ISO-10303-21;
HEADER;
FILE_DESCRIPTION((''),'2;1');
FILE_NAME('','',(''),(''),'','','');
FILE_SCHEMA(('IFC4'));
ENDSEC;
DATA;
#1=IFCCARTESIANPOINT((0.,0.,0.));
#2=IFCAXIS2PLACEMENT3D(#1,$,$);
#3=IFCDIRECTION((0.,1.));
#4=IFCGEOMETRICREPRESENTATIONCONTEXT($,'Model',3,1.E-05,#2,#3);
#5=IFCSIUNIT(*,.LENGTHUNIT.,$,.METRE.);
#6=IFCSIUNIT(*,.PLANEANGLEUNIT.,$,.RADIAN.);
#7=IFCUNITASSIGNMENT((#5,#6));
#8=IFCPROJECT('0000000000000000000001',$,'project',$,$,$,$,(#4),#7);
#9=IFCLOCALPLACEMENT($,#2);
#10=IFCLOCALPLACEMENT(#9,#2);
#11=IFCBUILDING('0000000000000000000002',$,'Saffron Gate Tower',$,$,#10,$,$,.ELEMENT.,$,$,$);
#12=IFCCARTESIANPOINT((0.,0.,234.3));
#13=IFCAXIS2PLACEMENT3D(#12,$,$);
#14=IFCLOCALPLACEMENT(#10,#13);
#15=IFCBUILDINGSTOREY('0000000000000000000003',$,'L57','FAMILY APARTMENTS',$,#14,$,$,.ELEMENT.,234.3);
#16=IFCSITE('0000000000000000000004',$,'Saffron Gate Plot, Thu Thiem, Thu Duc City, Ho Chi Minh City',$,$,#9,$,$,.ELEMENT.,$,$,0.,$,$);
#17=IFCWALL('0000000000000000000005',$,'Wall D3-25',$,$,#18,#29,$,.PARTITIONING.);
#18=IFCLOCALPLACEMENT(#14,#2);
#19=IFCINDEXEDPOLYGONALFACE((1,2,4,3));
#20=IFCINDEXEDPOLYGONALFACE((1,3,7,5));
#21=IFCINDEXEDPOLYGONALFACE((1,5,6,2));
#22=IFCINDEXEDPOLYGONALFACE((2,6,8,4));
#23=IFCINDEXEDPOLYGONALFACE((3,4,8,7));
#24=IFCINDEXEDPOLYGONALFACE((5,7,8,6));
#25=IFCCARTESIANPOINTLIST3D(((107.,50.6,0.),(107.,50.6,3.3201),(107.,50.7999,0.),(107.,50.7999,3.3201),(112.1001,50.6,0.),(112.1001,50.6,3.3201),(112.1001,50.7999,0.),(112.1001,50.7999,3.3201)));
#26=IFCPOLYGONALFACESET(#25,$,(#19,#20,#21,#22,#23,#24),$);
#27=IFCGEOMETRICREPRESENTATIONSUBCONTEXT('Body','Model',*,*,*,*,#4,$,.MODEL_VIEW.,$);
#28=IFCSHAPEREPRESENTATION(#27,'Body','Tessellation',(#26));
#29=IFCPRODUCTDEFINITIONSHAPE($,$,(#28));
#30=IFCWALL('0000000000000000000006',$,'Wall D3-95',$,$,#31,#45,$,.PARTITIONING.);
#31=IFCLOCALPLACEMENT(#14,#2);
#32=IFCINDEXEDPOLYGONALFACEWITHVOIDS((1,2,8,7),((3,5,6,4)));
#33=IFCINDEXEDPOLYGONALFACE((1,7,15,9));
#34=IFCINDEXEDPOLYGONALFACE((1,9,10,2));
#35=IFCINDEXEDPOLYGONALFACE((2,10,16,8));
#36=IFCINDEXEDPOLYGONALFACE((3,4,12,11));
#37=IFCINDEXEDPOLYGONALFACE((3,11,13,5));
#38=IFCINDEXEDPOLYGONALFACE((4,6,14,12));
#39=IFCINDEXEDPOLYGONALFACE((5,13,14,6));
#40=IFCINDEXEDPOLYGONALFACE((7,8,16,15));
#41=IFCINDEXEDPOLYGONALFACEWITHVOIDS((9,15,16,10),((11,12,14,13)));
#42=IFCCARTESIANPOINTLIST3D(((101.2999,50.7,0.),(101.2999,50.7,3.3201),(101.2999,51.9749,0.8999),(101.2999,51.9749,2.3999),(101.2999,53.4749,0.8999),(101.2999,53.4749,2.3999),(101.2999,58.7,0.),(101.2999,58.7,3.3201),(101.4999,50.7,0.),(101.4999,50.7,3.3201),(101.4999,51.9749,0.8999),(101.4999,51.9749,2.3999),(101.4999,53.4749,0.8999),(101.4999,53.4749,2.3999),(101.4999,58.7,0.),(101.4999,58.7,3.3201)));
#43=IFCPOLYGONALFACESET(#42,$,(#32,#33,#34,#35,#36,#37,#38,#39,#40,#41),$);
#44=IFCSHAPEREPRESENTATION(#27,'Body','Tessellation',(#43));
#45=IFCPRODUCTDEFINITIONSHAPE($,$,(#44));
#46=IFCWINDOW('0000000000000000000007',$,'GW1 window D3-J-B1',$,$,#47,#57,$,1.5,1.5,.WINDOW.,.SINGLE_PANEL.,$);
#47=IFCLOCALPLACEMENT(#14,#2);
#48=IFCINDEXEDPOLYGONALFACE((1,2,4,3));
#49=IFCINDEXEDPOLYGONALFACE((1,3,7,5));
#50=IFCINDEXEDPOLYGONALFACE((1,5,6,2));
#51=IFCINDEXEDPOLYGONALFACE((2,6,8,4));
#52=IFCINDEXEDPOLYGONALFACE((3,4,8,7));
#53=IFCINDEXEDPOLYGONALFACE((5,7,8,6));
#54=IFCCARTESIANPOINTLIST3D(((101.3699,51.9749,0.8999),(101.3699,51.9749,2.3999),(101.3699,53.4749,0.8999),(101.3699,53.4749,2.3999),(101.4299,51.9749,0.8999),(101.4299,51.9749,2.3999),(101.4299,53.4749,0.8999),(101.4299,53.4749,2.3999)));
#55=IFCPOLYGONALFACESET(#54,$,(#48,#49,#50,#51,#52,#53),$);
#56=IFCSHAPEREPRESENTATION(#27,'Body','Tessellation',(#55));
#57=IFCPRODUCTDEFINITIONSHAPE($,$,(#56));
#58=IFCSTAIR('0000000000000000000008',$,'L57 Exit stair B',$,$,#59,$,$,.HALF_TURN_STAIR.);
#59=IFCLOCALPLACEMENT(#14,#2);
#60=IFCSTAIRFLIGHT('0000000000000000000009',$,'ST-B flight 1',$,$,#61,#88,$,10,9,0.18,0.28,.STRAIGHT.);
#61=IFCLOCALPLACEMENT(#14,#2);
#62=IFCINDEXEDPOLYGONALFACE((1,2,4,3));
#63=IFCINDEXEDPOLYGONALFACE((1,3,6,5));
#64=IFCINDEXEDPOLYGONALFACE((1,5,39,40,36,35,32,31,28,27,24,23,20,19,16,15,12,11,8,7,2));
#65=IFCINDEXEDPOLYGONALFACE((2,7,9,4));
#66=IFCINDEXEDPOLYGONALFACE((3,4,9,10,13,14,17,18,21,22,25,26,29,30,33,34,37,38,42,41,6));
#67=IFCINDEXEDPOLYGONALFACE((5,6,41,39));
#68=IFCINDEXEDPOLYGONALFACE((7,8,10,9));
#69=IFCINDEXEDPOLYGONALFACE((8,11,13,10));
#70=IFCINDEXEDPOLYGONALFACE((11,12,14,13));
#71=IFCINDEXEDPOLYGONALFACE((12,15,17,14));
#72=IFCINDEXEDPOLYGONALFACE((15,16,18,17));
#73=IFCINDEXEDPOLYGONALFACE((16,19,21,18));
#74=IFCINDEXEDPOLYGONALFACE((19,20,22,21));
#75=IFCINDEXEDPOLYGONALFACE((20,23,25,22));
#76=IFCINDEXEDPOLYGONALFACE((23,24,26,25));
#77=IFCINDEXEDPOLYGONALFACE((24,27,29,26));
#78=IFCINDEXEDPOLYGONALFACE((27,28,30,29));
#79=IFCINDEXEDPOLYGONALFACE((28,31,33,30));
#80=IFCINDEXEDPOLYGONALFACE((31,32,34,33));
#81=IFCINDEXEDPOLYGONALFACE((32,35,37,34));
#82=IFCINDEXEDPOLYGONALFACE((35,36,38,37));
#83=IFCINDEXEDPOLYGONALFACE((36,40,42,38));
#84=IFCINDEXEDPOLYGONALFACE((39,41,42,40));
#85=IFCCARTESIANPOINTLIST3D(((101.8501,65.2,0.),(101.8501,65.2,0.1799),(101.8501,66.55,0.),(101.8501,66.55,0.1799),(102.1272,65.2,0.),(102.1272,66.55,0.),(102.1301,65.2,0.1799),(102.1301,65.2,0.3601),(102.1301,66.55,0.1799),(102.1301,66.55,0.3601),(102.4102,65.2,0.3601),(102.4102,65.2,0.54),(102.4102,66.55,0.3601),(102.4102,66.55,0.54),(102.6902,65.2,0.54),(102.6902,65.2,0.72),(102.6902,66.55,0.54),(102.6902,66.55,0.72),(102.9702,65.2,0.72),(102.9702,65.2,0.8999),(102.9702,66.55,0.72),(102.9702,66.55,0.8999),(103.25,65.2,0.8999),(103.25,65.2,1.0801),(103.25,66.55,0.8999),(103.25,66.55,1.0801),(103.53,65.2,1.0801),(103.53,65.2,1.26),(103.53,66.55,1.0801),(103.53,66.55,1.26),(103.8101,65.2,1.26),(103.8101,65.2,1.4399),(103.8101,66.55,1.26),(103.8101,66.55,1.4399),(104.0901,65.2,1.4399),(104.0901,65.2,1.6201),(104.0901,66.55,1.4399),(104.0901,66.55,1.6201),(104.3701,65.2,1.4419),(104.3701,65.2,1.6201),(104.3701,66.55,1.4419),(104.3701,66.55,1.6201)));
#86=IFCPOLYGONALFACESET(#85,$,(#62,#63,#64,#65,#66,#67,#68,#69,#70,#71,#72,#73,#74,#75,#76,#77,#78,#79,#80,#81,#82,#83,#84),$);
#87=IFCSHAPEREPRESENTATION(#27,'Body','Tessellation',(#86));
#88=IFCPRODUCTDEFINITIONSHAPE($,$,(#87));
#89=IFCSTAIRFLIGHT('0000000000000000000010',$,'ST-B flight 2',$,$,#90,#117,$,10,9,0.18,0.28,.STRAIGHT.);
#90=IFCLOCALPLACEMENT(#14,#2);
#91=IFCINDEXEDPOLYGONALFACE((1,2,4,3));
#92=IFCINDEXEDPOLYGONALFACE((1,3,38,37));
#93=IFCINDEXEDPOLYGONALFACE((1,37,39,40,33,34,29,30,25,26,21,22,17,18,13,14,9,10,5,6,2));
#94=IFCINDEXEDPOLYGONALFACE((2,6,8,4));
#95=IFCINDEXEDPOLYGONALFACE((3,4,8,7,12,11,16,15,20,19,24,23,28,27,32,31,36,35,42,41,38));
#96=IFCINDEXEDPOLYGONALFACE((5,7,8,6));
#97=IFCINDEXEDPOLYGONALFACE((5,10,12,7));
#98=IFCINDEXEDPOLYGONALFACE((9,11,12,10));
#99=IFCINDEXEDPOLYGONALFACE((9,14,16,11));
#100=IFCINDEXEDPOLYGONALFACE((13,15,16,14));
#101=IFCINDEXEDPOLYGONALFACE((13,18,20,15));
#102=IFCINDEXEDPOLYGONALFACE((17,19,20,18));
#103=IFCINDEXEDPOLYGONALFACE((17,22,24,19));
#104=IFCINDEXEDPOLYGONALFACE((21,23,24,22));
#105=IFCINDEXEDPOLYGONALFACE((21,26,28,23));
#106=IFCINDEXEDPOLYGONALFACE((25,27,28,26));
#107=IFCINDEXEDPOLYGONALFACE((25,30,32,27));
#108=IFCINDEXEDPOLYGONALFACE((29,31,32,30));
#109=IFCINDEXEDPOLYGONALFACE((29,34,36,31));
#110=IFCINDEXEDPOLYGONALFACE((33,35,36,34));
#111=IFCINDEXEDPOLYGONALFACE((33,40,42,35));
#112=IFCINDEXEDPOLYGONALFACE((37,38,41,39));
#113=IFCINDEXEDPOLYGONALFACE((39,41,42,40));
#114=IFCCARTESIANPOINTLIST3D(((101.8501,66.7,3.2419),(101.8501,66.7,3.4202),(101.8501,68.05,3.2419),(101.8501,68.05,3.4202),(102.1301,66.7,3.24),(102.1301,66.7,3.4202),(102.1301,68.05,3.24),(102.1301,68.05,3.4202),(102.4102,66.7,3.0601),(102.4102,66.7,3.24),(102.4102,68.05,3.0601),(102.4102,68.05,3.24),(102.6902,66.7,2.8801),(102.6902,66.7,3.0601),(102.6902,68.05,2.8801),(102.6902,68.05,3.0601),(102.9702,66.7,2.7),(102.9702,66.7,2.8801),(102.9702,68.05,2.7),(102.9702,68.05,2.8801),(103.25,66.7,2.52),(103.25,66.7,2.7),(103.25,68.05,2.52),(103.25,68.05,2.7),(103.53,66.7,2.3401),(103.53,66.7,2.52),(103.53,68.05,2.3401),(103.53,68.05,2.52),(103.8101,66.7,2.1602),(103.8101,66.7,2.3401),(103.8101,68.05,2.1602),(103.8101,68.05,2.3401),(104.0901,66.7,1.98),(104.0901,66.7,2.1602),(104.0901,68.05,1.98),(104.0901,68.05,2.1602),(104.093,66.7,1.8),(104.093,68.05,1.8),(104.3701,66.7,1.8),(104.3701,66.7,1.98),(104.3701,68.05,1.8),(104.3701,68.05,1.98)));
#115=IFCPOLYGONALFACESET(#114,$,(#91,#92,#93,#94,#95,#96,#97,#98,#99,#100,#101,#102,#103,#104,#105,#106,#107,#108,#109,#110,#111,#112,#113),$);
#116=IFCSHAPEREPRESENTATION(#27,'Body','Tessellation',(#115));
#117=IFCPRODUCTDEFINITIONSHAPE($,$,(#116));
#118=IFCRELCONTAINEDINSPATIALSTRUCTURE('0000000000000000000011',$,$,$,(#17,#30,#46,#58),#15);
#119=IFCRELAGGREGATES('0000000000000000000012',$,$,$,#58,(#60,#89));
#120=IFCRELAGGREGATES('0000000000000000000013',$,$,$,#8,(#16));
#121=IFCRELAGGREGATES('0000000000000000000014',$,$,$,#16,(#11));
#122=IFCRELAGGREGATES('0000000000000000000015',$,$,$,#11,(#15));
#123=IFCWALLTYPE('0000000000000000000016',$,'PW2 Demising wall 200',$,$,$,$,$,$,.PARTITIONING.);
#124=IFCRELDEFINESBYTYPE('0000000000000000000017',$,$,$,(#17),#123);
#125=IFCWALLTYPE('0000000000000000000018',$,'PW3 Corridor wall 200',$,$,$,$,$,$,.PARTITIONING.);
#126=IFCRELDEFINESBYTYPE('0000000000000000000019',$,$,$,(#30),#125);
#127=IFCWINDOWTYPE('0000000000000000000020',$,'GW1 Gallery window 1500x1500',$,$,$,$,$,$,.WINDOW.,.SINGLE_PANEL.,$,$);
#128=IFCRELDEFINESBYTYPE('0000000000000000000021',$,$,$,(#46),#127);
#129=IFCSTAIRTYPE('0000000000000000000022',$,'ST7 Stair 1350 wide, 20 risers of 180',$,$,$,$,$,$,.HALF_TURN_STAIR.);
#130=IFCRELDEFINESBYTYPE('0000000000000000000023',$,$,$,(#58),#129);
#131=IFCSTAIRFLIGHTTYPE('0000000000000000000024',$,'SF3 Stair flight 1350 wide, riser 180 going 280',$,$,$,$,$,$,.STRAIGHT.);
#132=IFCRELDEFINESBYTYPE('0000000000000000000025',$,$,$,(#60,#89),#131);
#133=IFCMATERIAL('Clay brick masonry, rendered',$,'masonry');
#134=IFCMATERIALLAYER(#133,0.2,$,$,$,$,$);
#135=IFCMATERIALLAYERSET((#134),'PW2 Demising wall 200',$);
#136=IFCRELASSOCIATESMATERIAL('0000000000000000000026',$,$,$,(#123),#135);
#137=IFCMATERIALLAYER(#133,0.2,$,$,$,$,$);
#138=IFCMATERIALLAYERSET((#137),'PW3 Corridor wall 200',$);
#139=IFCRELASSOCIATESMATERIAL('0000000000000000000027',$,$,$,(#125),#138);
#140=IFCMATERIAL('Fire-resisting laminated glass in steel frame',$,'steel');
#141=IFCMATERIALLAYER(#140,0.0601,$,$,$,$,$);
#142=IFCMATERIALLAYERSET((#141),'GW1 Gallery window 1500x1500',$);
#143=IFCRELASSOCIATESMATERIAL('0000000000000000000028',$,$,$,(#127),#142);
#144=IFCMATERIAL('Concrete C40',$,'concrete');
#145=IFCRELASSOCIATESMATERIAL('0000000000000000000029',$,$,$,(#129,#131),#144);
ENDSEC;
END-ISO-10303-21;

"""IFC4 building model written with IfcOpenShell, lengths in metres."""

from ifc_helpers import new_model, si_unit, direction, frame, frame_2d, origin, place, context, subcontext, project, spatial, polyline, rectangle, outline, extrude, material, layer, layer_set, type_object, element, fill, aggregate, save


model = new_model("IFC4")

# Units and contexts
model_context = context("Model", 3, precision=1e-05, world=origin(), true_north=direction((0.0, 1.0)))
body_context = subcontext(model_context, "Body", "Model", "MODEL_VIEW")
ifc_project = project(units=[si_unit("LENGTHUNIT", "METRE"), si_unit("PLANEANGLEUNIT", "RADIAN")], contexts=[model_context])

# Site, building, storey
site_placement = place(None, origin())
site = spatial("IfcSite", under=ifc_project, at=site_placement, Name="Saffron Gate Plot, Thu Thiem, Thu Duc City, Ho Chi Minh City", CompositionType="ELEMENT", RefElevation=0.0)
building_placement = place(site_placement, origin())
building = spatial("IfcBuilding", under=site, at=building_placement, Name="Saffron Gate Tower", CompositionType="ELEMENT")
storey_placement = place(building_placement, frame((0.0, 0.0, 234.3)))
storey = spatial("IfcBuildingStorey", under=building, at=storey_placement, Name="L57", Description="FAMILY APARTMENTS", CompositionType="ELEMENT", Elevation=234.3)

# Wall
ifc_material_1 = material(Name="Clay brick masonry, rendered", Category="masonry")
ifc_layer_1 = layer(ifc_material_1, 0.2)
ifc_layer_set_1 = layer_set([ifc_layer_1], Name="PW2 Demising wall 200")
wall_type_1 = type_object("IfcWallType", Name="PW2 Demising wall 200", PredefinedType="PARTITIONING", material=ifc_layer_set_1)
wall_1_placement = place(storey_placement, frame((107.0, 50.7, 0.0), z_axis=(0.0, 0.0, 1.0), x_axis=(1.0, 0.0, 0.0)))
element("IfcWall", 1, at=wall_1_placement, inside=storey, type_object=wall_type_1, Name="Wall D3-25", PredefinedType="PARTITIONING", context=body_context, shape_type="SweptSolid", body=[
    extrude(rectangle(XDim=5.1001, YDim=0.2, at=frame_2d((2.55, 0.0))), origin(), (0.0, 0.0, 1.0), 3.3201),
])

# Wall, opening, window
ifc_layer_2 = layer(ifc_material_1, 0.2)
ifc_layer_set_2 = layer_set([ifc_layer_2], Name="PW3 Corridor wall 200")
wall_type_2 = type_object("IfcWallType", Name="PW3 Corridor wall 200", PredefinedType="PARTITIONING", material=ifc_layer_set_2)
wall_2_placement = place(storey_placement, frame((101.3999, 58.7, 0.0), z_axis=(0.0, 0.0, 1.0), x_axis=(0.0, -1.0, 0.0)))
wall_2 = element("IfcWall", 2, at=wall_2_placement, inside=storey, type_object=wall_type_2, Name="Wall D3-95", PredefinedType="PARTITIONING", context=body_context, shape_type="SweptSolid", body=[
    extrude(rectangle(XDim=8.0, YDim=0.2, at=frame_2d((4.0, 0.0))), origin(), (0.0, 0.0, 1.0), 3.3201),
])
opening_1_placement = place(wall_2_placement, frame((5.2251, 0.0, 0.8999)))
opening_1 = element("IfcOpeningElement", 3, at=opening_1_placement, cuts=wall_2, PredefinedType="OPENING", context=body_context, shape_type="SweptSolid", body=[
    extrude(rectangle(XDim=1.5, YDim=1.5, at=frame_2d((0.75, 0.75))), frame((0.0, 0.1099, 0.0), z_axis=(0.0, -1.0, 0.0), x_axis=(1.0, 0.0, 0.0)), (0.0, 0.0, 1.0), 0.22),
])
ifc_material_2 = material(Name="Fire-resisting laminated glass in steel frame", Category="steel")
ifc_layer_3 = layer(ifc_material_2, 0.0601)
ifc_layer_set_3 = layer_set([ifc_layer_3], Name="GW1 Gallery window 1500x1500")
window_type = type_object("IfcWindowType", Name="GW1 Gallery window 1500x1500", PartitioningType="SINGLE_PANEL", PredefinedType="WINDOW", material=ifc_layer_set_3)
window_placement = place(opening_1_placement, origin())
window = element("IfcWindow", 4, at=window_placement, inside=storey, type_object=window_type, Name="GW1 window D3-J-B1", OverallHeight=1.5, OverallWidth=1.5, PartitioningType="SINGLE_PANEL", PredefinedType="WINDOW", context=body_context, shape_type="SweptSolid", body=[
    extrude(rectangle(XDim=1.5, YDim=1.5, at=frame_2d((0.75, 0.75))), frame((0.0, 0.03, 0.0), z_axis=(0.0, -1.0, 0.0), x_axis=(1.0, 0.0, 0.0)), (0.0, 0.0, 1.0), 0.0601),
])
fill(opening_1, window)

# Stair, stair flights
ifc_material_3 = material(Name="Concrete C40", Category="concrete")
stair_type = type_object("IfcStairType", Name="ST7 Stair 1350 wide, 20 risers of 180", PredefinedType="HALF_TURN_STAIR", material=ifc_material_3)
stair_placement = place(storey_placement, origin())
stair = element("IfcStair", 5, at=stair_placement, inside=storey, type_object=stair_type, Name="L57 Exit stair B", PredefinedType="HALF_TURN_STAIR")
stair_flight_type = type_object("IfcStairFlightType", Name="SF3 Stair flight 1350 wide, riser 180 going 280", PredefinedType="STRAIGHT", material=ifc_material_3)
stair_flight_1_placement = place(storey_placement, frame((101.8501, 65.875, 0.0), z_axis=(0.0, 0.0, 1.0), x_axis=(1.0, 0.0, 0.0)))
stair_flight_1 = element("IfcStairFlight", 6, at=stair_flight_1_placement, type_object=stair_flight_type, Name="ST-B flight 1", NumberOfRisers=10, NumberOfTreads=9, PredefinedType="STRAIGHT", RiserHeight=0.18, TreadLength=0.28, context=body_context, shape_type="SweptSolid", body=[
    extrude(outline(polyline([(0.0, 0.0), (0.0, 0.1799), (0.28, 0.1799), (0.28, 0.3601), (0.5601, 0.3601), (0.5601, 0.54), (0.8401, 0.54), (0.8401, 0.72), (1.1201, 0.72), (1.1201, 0.8999), (1.3999, 0.8999), (1.3999, 1.0801), (1.6799, 1.0801), (1.6799, 1.26), (1.96, 1.26), (1.96, 1.4399), (2.24, 1.4399), (2.24, 1.6201), (2.52, 1.6201), (2.52, 1.8), (2.52, 1.4419), (0.2771, 0.0), (0.0, 0.0)])), frame((0.0, 0.675, 0.0), z_axis=(0.0, -1.0, 0.0), x_axis=(1.0, 0.0, 0.0)), (0.0, 0.0, 1.0), 1.3501),
])
stair_flight_2_placement = place(storey_placement, frame((104.3701, 67.375, 1.8), z_axis=(0.0, 0.0, 1.0), x_axis=(-1.0, 0.0, 0.0)))
stair_flight_2 = element("IfcStairFlight", 7, at=stair_flight_2_placement, type_object=stair_flight_type, Name="ST-B flight 2", NumberOfRisers=10, NumberOfTreads=9, PredefinedType="STRAIGHT", RiserHeight=0.18, TreadLength=0.28, context=body_context, shape_type="SweptSolid", body=[
    extrude(outline(polyline([(0.0, 0.0), (0.0, 0.1799), (0.28, 0.1799), (0.28, 0.3601), (0.5601, 0.3601), (0.5601, 0.54), (0.8401, 0.54), (0.8401, 0.72), (1.1201, 0.72), (1.1201, 0.8999), (1.3999, 0.8999), (1.3999, 1.0801), (1.6799, 1.0801), (1.6799, 1.26), (1.96, 1.26), (1.96, 1.4399), (2.24, 1.4399), (2.24, 1.6201), (2.52, 1.6201), (2.52, 1.8), (2.52, 1.4419), (0.2771, 0.0), (0.0, 0.0)])), frame((0.0, 0.675, 0.0), z_axis=(0.0, -1.0, 0.0), x_axis=(1.0, 0.0, 0.0)), (0.0, 0.0, 1.0), 1.3501),
])
aggregate(stair, [stair_flight_1, stair_flight_2])

save(model, "model.ifc")
